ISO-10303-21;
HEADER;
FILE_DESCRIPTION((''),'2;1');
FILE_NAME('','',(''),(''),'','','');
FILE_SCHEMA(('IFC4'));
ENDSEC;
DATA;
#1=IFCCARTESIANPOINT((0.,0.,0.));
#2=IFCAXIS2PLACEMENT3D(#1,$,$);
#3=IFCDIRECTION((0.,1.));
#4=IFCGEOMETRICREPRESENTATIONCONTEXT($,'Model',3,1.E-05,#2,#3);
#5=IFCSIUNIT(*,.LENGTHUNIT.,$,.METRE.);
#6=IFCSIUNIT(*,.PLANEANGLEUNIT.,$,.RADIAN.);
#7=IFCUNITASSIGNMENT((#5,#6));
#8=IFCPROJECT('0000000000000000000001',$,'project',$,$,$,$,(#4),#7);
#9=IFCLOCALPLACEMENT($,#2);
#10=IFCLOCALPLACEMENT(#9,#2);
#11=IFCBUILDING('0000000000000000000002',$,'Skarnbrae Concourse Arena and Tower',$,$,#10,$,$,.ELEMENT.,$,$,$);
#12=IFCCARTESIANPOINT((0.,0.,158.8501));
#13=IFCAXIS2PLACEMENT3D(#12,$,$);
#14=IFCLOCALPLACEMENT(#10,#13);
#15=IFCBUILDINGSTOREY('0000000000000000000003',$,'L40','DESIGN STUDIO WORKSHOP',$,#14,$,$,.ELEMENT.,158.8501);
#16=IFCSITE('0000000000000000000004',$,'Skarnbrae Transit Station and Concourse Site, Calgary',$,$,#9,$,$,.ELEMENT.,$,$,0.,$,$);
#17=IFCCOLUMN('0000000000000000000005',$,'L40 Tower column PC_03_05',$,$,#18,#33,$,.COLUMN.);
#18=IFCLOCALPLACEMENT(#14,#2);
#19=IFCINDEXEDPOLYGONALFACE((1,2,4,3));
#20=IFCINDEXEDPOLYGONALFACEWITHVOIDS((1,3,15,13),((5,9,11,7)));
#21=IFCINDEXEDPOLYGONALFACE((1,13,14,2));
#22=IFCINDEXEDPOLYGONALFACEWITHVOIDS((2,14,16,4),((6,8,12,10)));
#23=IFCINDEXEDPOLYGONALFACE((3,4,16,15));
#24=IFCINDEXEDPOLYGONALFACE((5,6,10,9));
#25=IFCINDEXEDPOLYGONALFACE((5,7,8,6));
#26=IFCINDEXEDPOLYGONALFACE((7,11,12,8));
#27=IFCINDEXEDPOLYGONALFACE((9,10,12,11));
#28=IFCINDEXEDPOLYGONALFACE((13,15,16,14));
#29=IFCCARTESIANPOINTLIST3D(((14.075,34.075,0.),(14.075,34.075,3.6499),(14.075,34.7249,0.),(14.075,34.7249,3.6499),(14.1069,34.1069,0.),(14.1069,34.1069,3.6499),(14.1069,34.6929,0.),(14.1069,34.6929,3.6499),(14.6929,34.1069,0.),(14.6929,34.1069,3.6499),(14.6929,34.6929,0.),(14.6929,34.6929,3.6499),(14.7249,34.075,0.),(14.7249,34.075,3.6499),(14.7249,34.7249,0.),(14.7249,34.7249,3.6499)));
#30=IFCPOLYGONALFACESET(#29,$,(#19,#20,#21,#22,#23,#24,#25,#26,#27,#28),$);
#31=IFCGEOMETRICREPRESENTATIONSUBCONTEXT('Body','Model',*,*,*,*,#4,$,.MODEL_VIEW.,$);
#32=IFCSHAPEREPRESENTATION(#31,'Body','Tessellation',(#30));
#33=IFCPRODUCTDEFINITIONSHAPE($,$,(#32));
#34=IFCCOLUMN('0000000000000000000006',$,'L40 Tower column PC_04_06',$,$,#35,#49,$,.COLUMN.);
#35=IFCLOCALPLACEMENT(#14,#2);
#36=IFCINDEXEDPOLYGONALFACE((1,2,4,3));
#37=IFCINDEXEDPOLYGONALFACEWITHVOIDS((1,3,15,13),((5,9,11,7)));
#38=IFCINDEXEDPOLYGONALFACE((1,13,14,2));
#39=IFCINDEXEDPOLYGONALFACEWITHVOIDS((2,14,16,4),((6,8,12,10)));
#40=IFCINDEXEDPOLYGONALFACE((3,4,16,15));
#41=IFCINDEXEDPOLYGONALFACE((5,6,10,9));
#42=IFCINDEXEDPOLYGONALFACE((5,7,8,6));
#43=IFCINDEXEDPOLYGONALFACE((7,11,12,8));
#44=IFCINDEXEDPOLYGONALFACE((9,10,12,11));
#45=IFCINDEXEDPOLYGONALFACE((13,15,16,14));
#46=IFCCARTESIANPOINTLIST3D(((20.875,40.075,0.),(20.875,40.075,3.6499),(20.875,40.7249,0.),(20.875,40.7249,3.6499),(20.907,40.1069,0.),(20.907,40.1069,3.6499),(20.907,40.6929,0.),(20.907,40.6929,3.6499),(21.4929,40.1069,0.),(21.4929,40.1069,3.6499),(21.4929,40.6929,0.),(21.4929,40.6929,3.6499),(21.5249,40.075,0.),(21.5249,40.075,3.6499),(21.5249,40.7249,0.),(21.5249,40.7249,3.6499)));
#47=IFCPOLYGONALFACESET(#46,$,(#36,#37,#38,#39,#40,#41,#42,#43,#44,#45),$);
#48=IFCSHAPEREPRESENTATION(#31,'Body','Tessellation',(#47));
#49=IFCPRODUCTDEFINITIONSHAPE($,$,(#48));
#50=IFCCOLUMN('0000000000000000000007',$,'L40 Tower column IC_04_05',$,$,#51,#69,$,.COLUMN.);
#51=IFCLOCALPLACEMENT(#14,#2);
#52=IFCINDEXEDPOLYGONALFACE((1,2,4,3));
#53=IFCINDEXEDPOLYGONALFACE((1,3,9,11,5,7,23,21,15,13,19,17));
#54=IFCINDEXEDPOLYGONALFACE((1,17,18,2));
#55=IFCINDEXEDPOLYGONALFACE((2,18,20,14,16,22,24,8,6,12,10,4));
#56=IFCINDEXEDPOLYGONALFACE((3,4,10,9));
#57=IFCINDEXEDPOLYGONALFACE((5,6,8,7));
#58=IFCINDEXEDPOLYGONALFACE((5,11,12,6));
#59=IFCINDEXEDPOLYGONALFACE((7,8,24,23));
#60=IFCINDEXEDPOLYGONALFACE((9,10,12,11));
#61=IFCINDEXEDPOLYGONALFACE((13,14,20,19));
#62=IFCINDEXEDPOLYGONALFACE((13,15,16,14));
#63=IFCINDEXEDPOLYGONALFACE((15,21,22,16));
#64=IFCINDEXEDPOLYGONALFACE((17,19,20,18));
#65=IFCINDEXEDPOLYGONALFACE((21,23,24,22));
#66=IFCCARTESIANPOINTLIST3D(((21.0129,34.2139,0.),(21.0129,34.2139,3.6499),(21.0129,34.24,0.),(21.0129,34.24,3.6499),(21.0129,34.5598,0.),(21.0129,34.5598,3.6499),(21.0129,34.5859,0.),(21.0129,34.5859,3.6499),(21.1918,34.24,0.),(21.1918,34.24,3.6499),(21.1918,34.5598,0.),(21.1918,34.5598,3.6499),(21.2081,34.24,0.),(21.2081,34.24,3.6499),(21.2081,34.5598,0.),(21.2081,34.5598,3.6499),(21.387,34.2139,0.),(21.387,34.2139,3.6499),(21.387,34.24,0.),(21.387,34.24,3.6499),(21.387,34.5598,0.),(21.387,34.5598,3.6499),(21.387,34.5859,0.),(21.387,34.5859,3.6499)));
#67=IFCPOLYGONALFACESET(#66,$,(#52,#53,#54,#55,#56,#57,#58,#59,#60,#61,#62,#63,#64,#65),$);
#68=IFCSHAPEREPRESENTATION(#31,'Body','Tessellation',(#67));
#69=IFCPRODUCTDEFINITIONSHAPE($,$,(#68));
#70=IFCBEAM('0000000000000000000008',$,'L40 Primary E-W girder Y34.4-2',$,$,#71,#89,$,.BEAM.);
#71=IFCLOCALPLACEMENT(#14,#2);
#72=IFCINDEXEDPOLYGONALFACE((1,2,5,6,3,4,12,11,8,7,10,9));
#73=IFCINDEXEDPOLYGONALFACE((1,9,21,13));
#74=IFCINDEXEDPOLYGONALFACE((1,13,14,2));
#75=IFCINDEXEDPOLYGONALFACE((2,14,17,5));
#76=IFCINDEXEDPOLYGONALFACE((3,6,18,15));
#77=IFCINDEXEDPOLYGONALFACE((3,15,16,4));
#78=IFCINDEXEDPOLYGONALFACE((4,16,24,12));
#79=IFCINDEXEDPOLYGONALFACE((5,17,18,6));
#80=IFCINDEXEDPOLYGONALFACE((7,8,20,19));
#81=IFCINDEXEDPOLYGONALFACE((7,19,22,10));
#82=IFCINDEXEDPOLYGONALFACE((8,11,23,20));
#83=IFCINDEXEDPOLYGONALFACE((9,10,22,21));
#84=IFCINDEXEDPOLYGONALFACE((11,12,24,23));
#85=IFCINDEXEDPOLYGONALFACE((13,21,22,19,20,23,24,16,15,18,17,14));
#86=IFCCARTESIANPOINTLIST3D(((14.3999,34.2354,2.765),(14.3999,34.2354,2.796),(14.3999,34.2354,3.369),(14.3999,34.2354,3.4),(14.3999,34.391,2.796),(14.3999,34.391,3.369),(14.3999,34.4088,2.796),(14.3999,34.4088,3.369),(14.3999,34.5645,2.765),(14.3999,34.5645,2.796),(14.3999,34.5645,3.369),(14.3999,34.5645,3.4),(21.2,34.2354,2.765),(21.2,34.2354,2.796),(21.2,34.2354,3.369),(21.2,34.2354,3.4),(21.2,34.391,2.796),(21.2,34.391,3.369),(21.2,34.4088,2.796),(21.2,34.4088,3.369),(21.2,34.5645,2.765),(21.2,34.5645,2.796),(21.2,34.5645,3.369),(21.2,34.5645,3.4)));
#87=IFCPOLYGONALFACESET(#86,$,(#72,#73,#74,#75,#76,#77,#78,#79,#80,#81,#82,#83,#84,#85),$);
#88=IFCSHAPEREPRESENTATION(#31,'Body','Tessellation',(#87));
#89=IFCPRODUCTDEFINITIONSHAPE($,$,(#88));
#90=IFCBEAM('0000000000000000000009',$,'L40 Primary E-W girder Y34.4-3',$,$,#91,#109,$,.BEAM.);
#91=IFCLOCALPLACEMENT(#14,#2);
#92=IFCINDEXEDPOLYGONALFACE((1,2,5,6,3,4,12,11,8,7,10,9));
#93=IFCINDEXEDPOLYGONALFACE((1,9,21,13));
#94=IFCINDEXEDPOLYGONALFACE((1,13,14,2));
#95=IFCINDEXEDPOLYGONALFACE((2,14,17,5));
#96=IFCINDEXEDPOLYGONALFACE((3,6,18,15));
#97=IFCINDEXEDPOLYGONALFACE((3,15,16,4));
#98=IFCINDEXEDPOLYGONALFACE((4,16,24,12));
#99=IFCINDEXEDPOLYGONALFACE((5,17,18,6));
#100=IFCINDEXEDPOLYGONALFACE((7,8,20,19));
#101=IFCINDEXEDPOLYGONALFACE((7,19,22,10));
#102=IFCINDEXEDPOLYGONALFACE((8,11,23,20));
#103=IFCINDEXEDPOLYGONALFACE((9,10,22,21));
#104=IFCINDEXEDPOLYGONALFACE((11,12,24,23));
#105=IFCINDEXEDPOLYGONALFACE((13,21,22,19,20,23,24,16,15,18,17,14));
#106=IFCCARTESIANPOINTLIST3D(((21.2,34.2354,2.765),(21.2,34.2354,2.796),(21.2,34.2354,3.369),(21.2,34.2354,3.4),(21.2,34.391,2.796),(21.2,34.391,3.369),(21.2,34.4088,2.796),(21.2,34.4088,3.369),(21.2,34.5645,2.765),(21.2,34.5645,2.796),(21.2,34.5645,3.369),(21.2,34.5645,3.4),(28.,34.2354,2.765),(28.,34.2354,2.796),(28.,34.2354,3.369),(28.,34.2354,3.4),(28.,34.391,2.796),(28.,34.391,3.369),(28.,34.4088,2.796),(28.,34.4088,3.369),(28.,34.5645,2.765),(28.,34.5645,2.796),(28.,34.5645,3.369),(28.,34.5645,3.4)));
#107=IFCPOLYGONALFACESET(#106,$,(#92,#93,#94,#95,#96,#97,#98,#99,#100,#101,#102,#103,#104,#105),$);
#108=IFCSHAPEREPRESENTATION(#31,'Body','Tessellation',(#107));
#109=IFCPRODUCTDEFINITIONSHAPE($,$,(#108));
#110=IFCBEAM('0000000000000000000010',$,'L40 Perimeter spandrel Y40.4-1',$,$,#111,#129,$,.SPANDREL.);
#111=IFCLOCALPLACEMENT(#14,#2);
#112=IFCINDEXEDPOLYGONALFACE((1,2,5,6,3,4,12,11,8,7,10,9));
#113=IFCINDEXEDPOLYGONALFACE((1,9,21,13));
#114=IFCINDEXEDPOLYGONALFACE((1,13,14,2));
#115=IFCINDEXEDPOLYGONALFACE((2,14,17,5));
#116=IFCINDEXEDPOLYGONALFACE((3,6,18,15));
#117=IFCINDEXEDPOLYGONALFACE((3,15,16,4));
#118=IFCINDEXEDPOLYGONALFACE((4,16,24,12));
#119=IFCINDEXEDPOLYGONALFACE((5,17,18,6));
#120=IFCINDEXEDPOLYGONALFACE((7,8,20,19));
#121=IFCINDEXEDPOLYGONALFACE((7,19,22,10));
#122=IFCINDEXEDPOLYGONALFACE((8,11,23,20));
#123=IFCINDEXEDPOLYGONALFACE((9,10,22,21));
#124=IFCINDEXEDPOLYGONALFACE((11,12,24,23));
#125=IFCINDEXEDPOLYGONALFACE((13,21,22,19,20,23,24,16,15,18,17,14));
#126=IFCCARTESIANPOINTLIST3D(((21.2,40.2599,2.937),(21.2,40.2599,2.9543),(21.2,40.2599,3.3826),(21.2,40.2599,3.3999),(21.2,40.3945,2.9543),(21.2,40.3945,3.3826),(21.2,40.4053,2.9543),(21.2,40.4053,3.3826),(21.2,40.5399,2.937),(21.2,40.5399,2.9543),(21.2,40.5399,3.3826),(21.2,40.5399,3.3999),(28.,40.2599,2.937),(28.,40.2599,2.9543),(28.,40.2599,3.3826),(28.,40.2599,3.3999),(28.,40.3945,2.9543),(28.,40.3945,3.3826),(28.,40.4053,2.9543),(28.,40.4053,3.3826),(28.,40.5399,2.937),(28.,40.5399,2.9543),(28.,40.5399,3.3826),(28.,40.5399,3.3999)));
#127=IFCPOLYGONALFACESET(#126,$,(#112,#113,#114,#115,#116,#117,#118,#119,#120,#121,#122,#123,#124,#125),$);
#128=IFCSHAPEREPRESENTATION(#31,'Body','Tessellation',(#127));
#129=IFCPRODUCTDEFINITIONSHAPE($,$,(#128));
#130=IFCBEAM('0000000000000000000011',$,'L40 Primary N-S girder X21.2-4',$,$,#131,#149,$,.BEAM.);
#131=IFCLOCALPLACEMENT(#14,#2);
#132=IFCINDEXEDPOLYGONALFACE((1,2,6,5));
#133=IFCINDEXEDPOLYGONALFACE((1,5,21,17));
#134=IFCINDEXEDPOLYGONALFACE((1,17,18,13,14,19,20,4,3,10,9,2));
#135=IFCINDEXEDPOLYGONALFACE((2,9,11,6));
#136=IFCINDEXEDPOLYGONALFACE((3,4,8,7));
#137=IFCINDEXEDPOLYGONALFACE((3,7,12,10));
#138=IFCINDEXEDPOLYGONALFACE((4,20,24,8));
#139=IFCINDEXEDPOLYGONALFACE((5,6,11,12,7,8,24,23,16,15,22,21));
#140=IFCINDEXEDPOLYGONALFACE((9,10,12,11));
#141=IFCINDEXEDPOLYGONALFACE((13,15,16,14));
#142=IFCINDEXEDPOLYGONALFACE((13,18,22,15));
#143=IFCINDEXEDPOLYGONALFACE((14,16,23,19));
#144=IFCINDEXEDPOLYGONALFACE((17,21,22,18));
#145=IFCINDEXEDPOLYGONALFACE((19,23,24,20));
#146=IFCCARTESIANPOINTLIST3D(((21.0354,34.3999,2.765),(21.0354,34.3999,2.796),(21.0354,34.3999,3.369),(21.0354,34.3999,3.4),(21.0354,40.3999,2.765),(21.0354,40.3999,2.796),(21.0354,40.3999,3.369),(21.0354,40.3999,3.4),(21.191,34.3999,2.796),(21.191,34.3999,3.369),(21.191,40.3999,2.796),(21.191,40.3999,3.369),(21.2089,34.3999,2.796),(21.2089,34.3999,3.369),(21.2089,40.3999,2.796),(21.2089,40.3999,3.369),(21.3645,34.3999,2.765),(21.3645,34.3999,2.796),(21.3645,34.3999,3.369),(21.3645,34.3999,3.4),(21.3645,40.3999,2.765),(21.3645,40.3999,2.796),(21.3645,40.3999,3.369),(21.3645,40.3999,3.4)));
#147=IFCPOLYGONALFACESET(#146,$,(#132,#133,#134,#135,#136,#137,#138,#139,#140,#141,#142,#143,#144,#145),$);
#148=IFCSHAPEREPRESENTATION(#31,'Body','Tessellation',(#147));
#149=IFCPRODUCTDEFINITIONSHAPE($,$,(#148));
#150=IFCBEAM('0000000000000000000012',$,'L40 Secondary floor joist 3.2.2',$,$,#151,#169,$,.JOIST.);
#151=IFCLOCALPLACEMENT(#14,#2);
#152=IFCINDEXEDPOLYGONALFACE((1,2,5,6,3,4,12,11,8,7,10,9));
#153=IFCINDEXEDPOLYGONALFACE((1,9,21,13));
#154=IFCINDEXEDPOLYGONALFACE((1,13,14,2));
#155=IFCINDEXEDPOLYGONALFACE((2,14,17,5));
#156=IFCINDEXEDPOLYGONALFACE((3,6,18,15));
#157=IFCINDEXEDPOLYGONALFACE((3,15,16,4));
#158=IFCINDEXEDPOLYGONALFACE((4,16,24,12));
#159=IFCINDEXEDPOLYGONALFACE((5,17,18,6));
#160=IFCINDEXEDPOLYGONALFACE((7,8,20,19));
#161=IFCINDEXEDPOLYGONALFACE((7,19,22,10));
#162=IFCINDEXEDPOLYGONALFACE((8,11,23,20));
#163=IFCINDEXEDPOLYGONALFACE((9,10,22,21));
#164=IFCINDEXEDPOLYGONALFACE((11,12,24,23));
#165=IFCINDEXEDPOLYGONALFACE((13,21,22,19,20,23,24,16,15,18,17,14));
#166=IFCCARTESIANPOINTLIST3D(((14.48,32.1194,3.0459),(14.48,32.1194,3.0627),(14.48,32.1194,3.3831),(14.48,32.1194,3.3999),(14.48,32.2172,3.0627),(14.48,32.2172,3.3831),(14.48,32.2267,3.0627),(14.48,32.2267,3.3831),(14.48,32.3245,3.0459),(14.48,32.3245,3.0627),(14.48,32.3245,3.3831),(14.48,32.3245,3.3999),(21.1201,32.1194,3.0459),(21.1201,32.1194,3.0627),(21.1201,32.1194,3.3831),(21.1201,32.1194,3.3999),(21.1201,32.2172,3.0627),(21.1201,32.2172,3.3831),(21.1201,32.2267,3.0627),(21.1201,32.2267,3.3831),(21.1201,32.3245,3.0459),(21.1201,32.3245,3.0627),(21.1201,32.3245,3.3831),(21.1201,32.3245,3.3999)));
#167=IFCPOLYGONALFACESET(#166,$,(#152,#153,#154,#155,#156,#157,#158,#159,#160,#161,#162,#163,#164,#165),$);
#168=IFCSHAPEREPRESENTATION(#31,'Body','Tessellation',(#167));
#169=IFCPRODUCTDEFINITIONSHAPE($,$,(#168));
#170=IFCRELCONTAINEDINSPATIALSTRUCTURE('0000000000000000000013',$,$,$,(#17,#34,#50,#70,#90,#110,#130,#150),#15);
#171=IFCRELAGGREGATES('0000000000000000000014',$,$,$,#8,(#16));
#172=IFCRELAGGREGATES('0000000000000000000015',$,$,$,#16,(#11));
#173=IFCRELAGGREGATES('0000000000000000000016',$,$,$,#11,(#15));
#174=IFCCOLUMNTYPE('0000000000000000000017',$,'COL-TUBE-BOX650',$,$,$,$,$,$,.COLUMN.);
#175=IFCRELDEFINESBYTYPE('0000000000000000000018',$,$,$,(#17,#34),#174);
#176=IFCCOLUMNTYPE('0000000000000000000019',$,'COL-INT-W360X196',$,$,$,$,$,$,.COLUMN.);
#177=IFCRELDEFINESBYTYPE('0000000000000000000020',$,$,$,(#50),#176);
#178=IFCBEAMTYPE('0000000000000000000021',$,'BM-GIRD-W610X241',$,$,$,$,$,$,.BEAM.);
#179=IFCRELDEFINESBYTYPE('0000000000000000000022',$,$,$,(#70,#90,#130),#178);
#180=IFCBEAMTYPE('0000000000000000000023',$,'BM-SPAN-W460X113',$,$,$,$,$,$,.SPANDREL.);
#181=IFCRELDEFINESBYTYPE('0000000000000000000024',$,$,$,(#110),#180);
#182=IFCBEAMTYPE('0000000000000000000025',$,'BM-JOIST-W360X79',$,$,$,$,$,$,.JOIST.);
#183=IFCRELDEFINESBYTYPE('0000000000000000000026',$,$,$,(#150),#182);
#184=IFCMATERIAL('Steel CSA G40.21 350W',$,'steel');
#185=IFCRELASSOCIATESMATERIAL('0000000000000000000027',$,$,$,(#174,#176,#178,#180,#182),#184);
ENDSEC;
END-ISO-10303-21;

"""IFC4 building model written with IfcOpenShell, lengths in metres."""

from ifc_helpers import new_model, si_unit, direction, frame, origin, origin_2d, place, context, subcontext, project, spatial, hollow_rectangle, i_section, extrude, source, transform, mapped, material, material_profile, profile_set, type_object, element, save


model = new_model("IFC4")

# Units and contexts
model_context = context("Model", 3, precision=1e-05, world=origin(), true_north=direction((0.0, 1.0)))
body_context = subcontext(model_context, "Body", "Model", "MODEL_VIEW")
ifc_project = project(units=[si_unit("LENGTHUNIT", "METRE"), si_unit("PLANEANGLEUNIT", "RADIAN")], contexts=[model_context])

# Site, building, storey
site_placement = place(None, origin())
site = spatial("IfcSite", under=ifc_project, at=site_placement, Name="Skarnbrae Transit Station and Concourse Site, Calgary", CompositionType="ELEMENT", RefElevation=0.0)
building_placement = place(site_placement, origin())
building = spatial("IfcBuilding", under=site, at=building_placement, Name="Skarnbrae Concourse Arena and Tower", CompositionType="ELEMENT")
storey_placement = place(building_placement, frame((0.0, 0.0, 158.8501)))
storey = spatial("IfcBuildingStorey", under=building, at=storey_placement, Name="L40", Description="DESIGN STUDIO WORKSHOP", CompositionType="ELEMENT", Elevation=158.8501)

# Columns
ifc_material_1 = material(Name="Steel CSA G40.21 350W", Category="steel")
ifc_material_profile_1 = material_profile(ifc_material_1, hollow_rectangle(XDim=0.6499, YDim=0.6499, WallThickness=0.032, at=origin_2d()), Name="BOX650X650X32")
ifc_profile_set_1 = profile_set([ifc_material_profile_1], Name="Steel CSA G40.21 350W")
column_type_1 = type_object("IfcColumnType", Name="COL-TUBE-BOX650", PredefinedType="COLUMN", material=ifc_profile_set_1)
shared_shape_1 = source(origin(), body_context, "Body", "SweptSolid", [
    extrude(hollow_rectangle(XDim=0.6499, YDim=0.6499, WallThickness=0.032, at=origin_2d()), origin(), (0.0, 0.0, 1.0), 3.6499),
])
for number, where, z_axis, x_axis, name in (
    (1, (14.3999, 34.3999, 0.0), (0.0, 0.0, 1.0), (1.0, 0.0, 0.0), "L40 Tower column PC_03_05"),
    (2, (21.2, 40.3999, 0.0), (0.0, 0.0, 1.0), (1.0, 0.0, 0.0), "L40 Tower column PC_04_06"),
):
    element("IfcColumn", number, at=place(storey_placement, frame(where, z_axis=z_axis, x_axis=x_axis)), inside=storey, type_object=column_type_1, Name=name, PredefinedType="COLUMN", context=body_context, shape_type="MappedRepresentation", body=[
        mapped(shared_shape_1, transform((0.0, 0.0, 0.0))),
    ])
ifc_material_profile_2 = material_profile(ifc_material_1, i_section(OverallWidth=0.374, OverallDepth=0.3721, WebThickness=0.0164, FlangeThickness=0.0261, at=origin_2d()), Name="W360X196")
ifc_profile_set_2 = profile_set([ifc_material_profile_2], Name="Steel CSA G40.21 350W")
column_type_2 = type_object("IfcColumnType", Name="COL-INT-W360X196", PredefinedType="COLUMN", material=ifc_profile_set_2)
shared_shape_2 = source(origin(), body_context, "Body", "SweptSolid", [
    extrude(i_section(OverallWidth=0.374, OverallDepth=0.3721, WebThickness=0.0164, FlangeThickness=0.0261, at=origin_2d()), origin(), (0.0, 0.0, 1.0), 3.6499),
])
column_placement = place(storey_placement, frame((21.2, 34.3999, 0.0), z_axis=(0.0, 0.0, 1.0), x_axis=(1.0, 0.0, 0.0)))
element("IfcColumn", 3, at=column_placement, inside=storey, type_object=column_type_2, Name="L40 Tower column IC_04_05", PredefinedType="COLUMN", context=body_context, shape_type="MappedRepresentation", body=[
    mapped(shared_shape_2, transform((0.0, 0.0, 0.0))),
])

# Beams
ifc_material_profile_3 = material_profile(ifc_material_1, i_section(OverallWidth=0.3291, OverallDepth=0.635, WebThickness=0.0178, FlangeThickness=0.031, at=origin_2d()), Name="W610X241")
ifc_profile_set_3 = profile_set([ifc_material_profile_3], Name="Steel CSA G40.21 350W")
beam_type_1 = type_object("IfcBeamType", Name="BM-GIRD-W610X241", PredefinedType="BEAM", material=ifc_profile_set_3)
shared_shape_3 = source(origin(), body_context, "Body", "SweptSolid", [
    extrude(i_section(OverallWidth=0.3291, OverallDepth=0.635, WebThickness=0.0178, FlangeThickness=0.031, at=origin_2d()), origin(), (0.0, 0.0, 1.0), 6.8),
])
for number, where, z_axis, x_axis, name in (
    (4, (14.3999, 34.3999, 3.0825), (1.0, 0.0, 0.0), (0.0, 1.0, 0.0), "L40 Primary E-W girder Y34.4-2"),
    (5, (21.2, 34.3999, 3.0825), (1.0, 0.0, 0.0), (0.0, 1.0, 0.0), "L40 Primary E-W girder Y34.4-3"),
):
    element("IfcBeam", number, at=place(storey_placement, frame(where, z_axis=z_axis, x_axis=x_axis)), inside=storey, type_object=beam_type_1, Name=name, PredefinedType="BEAM", context=body_context, shape_type="MappedRepresentation", body=[
        mapped(shared_shape_3, transform((0.0, 0.0, 0.0))),
    ])
ifc_material_profile_4 = material_profile(ifc_material_1, i_section(OverallWidth=0.28, OverallDepth=0.4629, WebThickness=0.0107, FlangeThickness=0.0173, at=origin_2d()), Name="W460X113")
ifc_profile_set_4 = profile_set([ifc_material_profile_4], Name="Steel CSA G40.21 350W")
beam_type_2 = type_object("IfcBeamType", Name="BM-SPAN-W460X113", PredefinedType="SPANDREL", material=ifc_profile_set_4)
shared_shape_4 = source(origin(), body_context, "Body", "SweptSolid", [
    extrude(i_section(OverallWidth=0.28, OverallDepth=0.4629, WebThickness=0.0107, FlangeThickness=0.0173, at=origin_2d()), origin(), (0.0, 0.0, 1.0), 6.8),
])
beam_1_placement = place(storey_placement, frame((21.2, 40.3999, 3.1685), z_axis=(1.0, 0.0, 0.0), x_axis=(0.0, 1.0, 0.0)))
element("IfcBeam", 6, at=beam_1_placement, inside=storey, type_object=beam_type_2, Name="L40 Perimeter spandrel Y40.4-1", PredefinedType="SPANDREL", context=body_context, shape_type="MappedRepresentation", body=[
    mapped(shared_shape_4, transform((0.0, 0.0, 0.0))),
])
shared_shape_5 = source(origin(), body_context, "Body", "SweptSolid", [
    extrude(i_section(OverallWidth=0.3291, OverallDepth=0.635, WebThickness=0.0178, FlangeThickness=0.031, at=origin_2d()), origin(), (0.0, 0.0, 1.0), 6.0),
])
beam_2_placement = place(storey_placement, frame((21.2, 34.3999, 3.0825), z_axis=(0.0, 1.0, 0.0), x_axis=(-1.0, 0.0, 0.0)))
element("IfcBeam", 7, at=beam_2_placement, inside=storey, type_object=beam_type_1, Name="L40 Primary N-S girder X21.2-4", PredefinedType="BEAM", context=body_context, shape_type="MappedRepresentation", body=[
    mapped(shared_shape_5, transform((0.0, 0.0, 0.0))),
])
ifc_material_profile_5 = material_profile(ifc_material_1, i_section(OverallWidth=0.2051, OverallDepth=0.354, WebThickness=0.0095, FlangeThickness=0.0168, at=origin_2d()), Name="W360X79")
ifc_profile_set_5 = profile_set([ifc_material_profile_5], Name="Steel CSA G40.21 350W")
beam_type_3 = type_object("IfcBeamType", Name="BM-JOIST-W360X79", PredefinedType="JOIST", material=ifc_profile_set_5)
shared_shape_6 = source(origin(), body_context, "Body", "SweptSolid", [
    extrude(i_section(OverallWidth=0.2051, OverallDepth=0.354, WebThickness=0.0095, FlangeThickness=0.0168, at=origin_2d()), origin(), (0.0, 0.0, 1.0), 6.6401),
])
beam_3_placement = place(storey_placement, frame((14.48, 32.2219, 3.2229), z_axis=(1.0, 0.0, 0.0), x_axis=(0.0, 1.0, 0.0)))
element("IfcBeam", 8, at=beam_3_placement, inside=storey, type_object=beam_type_3, Name="L40 Secondary floor joist 3.2.2", PredefinedType="JOIST", context=body_context, shape_type="MappedRepresentation", body=[
    mapped(shared_shape_6, transform((0.0, 0.0, 0.0))),
])

save(model, "model.ifc")
